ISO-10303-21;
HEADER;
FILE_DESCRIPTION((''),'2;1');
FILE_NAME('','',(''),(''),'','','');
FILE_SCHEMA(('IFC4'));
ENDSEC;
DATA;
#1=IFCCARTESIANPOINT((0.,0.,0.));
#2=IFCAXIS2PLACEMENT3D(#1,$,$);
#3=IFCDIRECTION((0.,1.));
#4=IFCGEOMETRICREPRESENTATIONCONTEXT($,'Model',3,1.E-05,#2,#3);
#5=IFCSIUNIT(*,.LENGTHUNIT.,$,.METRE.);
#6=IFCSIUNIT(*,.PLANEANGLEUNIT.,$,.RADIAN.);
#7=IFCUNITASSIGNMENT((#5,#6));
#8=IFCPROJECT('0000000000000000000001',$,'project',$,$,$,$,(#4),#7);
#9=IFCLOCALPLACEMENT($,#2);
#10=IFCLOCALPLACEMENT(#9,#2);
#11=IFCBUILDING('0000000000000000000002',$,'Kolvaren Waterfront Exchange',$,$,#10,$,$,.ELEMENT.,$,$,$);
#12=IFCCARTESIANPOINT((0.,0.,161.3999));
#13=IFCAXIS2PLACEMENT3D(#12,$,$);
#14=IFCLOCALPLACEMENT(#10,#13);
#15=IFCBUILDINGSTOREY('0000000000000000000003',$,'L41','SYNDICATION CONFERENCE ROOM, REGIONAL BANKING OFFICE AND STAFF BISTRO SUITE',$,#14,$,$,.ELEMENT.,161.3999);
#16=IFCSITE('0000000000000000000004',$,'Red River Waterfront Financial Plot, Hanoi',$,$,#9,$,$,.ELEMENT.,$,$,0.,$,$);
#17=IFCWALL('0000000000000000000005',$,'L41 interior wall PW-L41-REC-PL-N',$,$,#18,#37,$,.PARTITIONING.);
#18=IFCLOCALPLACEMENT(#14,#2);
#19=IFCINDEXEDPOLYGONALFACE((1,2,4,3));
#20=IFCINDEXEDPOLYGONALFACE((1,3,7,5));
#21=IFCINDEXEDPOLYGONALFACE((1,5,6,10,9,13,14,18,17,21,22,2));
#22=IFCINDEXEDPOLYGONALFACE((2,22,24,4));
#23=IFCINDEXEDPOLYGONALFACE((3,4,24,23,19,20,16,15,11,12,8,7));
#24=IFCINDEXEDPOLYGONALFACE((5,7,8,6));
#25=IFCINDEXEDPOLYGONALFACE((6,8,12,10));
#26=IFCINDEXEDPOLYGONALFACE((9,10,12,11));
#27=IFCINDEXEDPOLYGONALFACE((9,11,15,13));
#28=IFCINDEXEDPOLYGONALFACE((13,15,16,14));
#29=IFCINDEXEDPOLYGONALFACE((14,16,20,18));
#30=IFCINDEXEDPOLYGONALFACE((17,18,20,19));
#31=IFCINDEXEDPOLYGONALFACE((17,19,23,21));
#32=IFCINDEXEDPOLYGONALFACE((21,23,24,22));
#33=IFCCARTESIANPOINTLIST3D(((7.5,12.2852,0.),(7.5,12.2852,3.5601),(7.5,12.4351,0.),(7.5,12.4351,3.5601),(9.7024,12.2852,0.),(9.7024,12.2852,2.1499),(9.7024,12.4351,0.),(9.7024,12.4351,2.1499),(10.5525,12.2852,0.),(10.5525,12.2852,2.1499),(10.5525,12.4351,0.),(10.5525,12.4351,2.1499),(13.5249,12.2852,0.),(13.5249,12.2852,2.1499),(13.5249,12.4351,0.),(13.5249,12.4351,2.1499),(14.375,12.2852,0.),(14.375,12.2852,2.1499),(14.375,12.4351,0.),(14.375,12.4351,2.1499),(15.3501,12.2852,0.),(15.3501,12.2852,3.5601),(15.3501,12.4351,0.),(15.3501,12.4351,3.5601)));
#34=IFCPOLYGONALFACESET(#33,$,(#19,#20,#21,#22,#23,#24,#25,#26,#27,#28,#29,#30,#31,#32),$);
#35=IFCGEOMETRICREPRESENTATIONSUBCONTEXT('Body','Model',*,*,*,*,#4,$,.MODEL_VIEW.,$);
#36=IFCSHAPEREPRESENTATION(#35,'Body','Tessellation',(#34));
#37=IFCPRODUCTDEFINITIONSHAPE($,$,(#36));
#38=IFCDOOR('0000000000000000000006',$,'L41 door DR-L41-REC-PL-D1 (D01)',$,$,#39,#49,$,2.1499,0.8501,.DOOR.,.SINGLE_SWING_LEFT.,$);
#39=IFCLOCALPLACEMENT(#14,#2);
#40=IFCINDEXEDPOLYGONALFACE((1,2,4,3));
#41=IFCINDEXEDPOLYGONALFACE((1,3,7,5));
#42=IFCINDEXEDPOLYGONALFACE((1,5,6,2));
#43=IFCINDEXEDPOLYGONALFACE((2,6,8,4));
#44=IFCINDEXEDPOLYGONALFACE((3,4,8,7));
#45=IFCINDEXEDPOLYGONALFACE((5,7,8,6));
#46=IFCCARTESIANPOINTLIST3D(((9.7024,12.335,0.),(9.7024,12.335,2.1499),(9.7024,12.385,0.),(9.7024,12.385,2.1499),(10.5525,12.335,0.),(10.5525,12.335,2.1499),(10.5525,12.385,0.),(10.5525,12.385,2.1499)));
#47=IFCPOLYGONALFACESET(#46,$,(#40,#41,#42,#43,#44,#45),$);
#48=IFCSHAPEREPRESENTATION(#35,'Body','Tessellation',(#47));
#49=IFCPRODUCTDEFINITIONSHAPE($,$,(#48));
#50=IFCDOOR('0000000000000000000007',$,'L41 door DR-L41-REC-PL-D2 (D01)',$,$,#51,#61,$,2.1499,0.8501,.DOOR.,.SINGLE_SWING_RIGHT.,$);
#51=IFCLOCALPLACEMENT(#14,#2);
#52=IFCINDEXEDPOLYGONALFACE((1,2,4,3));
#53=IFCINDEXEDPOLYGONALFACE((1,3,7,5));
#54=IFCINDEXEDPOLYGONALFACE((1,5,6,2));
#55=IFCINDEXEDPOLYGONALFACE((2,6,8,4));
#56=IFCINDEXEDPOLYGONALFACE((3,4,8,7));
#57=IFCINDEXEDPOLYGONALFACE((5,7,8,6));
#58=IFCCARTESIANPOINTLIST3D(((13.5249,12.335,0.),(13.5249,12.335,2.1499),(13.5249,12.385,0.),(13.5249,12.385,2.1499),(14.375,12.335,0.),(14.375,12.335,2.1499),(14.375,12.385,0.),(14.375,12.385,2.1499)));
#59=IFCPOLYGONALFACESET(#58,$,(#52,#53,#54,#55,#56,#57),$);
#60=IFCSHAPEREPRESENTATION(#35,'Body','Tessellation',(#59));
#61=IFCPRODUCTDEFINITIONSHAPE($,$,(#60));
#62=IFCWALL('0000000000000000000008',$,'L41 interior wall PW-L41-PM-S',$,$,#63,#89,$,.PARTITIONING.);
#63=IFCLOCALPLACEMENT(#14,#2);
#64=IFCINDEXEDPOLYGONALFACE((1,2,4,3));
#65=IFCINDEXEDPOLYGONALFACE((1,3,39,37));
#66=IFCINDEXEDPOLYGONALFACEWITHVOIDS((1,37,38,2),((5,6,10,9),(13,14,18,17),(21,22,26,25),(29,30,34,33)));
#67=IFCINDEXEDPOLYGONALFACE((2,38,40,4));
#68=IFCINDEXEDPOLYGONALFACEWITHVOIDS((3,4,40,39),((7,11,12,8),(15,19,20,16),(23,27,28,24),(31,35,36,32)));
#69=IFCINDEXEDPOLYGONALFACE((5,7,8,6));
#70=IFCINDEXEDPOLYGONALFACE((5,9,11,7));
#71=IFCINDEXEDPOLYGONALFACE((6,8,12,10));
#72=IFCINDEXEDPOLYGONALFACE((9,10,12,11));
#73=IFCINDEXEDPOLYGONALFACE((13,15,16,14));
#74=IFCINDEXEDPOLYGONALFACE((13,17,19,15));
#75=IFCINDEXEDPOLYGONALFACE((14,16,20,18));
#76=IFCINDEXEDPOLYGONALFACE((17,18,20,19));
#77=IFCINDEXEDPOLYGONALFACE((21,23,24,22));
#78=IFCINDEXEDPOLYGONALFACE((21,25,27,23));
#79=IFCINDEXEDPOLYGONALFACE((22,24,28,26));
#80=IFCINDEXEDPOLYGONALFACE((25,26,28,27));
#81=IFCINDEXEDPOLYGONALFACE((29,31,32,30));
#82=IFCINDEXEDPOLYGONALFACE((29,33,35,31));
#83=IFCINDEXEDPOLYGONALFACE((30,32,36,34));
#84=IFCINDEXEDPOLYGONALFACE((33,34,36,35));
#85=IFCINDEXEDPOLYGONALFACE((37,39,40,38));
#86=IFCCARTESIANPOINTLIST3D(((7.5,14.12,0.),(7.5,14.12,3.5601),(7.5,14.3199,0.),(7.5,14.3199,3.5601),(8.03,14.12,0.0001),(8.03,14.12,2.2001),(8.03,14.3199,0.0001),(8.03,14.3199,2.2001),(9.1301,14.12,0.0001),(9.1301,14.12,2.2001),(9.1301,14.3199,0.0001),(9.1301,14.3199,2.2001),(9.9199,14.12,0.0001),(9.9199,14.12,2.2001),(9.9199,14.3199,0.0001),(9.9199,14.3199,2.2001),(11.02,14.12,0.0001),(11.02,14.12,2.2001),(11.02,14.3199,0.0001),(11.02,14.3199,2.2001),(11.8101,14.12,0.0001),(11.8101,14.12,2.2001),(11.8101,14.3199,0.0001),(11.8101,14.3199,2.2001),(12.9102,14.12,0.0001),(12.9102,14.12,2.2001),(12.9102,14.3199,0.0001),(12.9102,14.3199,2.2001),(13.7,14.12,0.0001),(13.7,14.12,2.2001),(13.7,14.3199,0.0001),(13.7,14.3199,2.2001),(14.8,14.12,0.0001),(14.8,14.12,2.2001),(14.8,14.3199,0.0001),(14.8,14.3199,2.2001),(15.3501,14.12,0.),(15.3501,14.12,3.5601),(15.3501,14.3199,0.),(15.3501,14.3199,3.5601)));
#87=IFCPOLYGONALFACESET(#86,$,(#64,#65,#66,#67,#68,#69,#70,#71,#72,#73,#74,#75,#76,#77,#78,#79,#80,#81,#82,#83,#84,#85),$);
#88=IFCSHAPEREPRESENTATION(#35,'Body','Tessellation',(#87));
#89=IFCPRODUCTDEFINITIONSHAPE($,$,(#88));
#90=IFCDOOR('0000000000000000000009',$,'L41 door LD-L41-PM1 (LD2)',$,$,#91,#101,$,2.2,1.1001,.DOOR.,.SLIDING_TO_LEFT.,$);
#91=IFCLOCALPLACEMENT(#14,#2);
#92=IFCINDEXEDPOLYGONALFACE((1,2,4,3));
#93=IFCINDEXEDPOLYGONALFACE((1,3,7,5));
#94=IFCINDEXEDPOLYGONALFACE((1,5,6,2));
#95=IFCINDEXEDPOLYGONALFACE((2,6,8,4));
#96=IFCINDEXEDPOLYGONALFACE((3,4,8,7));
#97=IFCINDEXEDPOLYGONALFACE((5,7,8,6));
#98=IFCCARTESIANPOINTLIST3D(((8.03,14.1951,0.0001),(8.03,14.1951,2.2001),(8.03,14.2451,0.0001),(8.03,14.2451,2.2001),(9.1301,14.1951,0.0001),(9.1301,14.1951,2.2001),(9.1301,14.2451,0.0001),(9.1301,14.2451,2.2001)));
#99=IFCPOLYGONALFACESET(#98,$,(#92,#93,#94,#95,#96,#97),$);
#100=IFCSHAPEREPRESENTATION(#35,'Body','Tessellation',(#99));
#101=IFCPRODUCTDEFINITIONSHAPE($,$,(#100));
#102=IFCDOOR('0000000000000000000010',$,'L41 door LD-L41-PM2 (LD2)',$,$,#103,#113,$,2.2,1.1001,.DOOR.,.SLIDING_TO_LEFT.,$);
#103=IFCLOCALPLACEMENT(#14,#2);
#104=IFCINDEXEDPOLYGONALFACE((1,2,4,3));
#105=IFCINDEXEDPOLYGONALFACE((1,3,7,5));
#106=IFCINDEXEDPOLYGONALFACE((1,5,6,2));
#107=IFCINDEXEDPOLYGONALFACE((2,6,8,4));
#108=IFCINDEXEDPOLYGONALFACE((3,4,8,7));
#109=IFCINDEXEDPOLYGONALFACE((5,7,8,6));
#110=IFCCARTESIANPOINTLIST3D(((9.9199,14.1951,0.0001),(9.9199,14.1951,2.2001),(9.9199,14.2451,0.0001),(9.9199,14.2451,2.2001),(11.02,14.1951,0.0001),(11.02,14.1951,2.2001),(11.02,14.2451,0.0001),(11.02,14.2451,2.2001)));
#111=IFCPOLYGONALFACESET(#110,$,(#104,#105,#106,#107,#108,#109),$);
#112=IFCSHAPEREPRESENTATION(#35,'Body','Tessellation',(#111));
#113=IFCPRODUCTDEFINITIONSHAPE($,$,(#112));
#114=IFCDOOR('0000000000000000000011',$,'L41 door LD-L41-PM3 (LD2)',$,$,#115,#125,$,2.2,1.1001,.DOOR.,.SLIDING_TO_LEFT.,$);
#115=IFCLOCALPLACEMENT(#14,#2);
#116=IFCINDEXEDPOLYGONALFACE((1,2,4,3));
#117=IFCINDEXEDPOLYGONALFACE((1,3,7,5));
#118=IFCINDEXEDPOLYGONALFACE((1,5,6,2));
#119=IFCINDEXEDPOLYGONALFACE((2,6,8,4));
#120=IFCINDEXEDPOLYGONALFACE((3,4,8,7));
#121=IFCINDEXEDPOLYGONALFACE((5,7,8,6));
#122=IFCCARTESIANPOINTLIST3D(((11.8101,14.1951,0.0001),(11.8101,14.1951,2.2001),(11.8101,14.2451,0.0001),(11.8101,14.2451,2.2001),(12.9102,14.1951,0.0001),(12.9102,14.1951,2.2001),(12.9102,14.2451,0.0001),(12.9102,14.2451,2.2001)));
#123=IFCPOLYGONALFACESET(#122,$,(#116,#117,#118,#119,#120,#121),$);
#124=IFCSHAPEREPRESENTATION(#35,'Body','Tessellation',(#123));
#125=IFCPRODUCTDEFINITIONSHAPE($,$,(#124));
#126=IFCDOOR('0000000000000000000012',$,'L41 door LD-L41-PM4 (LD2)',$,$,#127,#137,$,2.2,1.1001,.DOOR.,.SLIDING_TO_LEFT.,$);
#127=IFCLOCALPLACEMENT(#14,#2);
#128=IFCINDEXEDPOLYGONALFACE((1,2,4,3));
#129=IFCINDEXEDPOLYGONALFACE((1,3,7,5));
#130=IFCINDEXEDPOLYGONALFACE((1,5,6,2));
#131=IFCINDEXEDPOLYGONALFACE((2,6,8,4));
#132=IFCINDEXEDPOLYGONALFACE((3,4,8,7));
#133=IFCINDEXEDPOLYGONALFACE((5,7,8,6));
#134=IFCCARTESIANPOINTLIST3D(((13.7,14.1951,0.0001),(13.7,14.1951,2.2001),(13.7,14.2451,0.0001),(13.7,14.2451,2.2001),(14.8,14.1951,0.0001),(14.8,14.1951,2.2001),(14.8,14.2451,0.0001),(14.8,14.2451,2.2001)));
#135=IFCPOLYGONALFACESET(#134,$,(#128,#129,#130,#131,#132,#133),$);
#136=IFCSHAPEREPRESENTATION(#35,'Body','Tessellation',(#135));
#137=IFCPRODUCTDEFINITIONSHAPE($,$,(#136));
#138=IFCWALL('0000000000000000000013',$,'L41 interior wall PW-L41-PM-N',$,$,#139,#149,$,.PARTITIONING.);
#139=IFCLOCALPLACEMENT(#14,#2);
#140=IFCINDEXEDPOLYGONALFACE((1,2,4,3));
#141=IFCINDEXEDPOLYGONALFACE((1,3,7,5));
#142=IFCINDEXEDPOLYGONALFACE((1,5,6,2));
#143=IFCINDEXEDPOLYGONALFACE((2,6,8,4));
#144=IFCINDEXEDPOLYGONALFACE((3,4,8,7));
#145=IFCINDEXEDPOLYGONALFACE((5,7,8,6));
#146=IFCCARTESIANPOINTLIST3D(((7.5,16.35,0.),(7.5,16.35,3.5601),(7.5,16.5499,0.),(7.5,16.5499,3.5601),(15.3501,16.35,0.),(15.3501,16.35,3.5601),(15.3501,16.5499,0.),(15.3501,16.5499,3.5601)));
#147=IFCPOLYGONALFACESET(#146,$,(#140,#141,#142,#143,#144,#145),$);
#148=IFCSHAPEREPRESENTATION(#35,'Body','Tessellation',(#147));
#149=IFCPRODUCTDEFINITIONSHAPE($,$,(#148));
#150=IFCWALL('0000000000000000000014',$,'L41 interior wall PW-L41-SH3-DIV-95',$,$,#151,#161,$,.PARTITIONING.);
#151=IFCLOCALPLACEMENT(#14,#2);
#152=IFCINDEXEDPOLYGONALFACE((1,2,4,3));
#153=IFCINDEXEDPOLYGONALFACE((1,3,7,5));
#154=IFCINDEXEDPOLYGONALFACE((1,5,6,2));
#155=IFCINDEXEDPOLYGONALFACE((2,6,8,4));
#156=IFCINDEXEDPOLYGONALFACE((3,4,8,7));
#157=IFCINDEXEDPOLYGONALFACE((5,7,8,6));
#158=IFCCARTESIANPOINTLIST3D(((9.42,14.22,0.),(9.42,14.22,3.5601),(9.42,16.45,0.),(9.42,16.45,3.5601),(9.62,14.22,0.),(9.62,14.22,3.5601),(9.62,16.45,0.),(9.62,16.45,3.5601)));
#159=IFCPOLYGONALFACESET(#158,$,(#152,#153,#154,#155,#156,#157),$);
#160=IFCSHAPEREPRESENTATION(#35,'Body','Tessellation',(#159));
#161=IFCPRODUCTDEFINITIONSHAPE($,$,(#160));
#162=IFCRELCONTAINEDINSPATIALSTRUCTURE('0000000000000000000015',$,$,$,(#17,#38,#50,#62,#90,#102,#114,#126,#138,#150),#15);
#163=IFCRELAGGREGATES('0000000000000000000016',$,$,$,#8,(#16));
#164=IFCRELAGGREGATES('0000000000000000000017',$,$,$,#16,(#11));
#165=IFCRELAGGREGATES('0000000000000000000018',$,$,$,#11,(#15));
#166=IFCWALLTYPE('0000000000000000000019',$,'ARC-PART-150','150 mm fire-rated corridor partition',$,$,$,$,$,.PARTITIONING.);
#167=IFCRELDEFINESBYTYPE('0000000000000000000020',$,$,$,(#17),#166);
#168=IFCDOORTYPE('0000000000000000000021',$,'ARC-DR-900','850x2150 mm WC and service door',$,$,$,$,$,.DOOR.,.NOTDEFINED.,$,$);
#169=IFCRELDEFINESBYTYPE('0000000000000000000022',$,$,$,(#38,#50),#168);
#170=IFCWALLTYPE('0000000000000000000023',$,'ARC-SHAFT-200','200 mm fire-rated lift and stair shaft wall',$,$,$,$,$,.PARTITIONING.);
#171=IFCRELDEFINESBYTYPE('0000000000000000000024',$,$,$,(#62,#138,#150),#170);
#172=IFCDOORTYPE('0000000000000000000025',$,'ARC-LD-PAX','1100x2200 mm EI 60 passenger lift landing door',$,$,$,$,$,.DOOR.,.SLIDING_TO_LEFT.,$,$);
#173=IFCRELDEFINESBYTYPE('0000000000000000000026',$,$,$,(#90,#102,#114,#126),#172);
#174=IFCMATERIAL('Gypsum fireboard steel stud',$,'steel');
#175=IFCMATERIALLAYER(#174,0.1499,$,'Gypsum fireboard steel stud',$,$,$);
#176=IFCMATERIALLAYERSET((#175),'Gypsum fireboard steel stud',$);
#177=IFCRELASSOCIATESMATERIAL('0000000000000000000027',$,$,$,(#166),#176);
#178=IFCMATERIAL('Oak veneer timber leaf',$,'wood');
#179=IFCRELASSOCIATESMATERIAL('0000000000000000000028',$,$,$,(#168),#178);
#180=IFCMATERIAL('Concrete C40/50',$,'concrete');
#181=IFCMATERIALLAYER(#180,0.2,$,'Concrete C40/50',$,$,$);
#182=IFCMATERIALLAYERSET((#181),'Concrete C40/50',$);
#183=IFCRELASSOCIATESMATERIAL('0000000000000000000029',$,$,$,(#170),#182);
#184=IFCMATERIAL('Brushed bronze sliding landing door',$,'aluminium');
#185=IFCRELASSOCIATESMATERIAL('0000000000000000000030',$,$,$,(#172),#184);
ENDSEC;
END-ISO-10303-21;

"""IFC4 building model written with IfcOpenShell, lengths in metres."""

from ifc_helpers import new_model, si_unit, direction, frame, frame_2d, origin, place, context, subcontext, project, spatial, rectangle, extrude, material, layer, layer_set, type_object, element, fill, save


model = new_model("IFC4")

# Units and contexts
model_context = context("Model", 3, precision=1e-05, world=origin(), true_north=direction((0.0, 1.0)))
body_context = subcontext(model_context, "Body", "Model", "MODEL_VIEW")
ifc_project = project(units=[si_unit("LENGTHUNIT", "METRE"), si_unit("PLANEANGLEUNIT", "RADIAN")], contexts=[model_context])

# Site, building, storey
site_placement = place(None, origin())
site = spatial("IfcSite", under=ifc_project, at=site_placement, Name="Red River Waterfront Financial Plot, Hanoi", CompositionType="ELEMENT", RefElevation=0.0)
building_placement = place(site_placement, origin())
building = spatial("IfcBuilding", under=site, at=building_placement, Name="Kolvaren Waterfront Exchange", CompositionType="ELEMENT")
storey_placement = place(building_placement, frame((0.0, 0.0, 161.3999)))
storey = spatial("IfcBuildingStorey", under=building, at=storey_placement, Name="L41", Description="SYNDICATION CONFERENCE ROOM, REGIONAL BANKING OFFICE AND STAFF BISTRO SUITE", CompositionType="ELEMENT", Elevation=161.3999)

# Walls, openings, doors
ifc_material_1 = material(Name="Gypsum fireboard steel stud", Category="steel")
ifc_layer_1 = layer(ifc_material_1, 0.1499, Name="Gypsum fireboard steel stud")
ifc_layer_set_1 = layer_set([ifc_layer_1], Name="Gypsum fireboard steel stud")
wall_type_1 = type_object("IfcWallType", Name="ARC-PART-150", Description="150 mm fire-rated corridor partition", PredefinedType="PARTITIONING", material=ifc_layer_set_1)
wall_1_placement = place(storey_placement, frame((7.5, 12.3601, 0.0), z_axis=(0.0, 0.0, 1.0), x_axis=(1.0, 0.0, 0.0)))
wall_1 = element("IfcWall", 1, at=wall_1_placement, inside=storey, type_object=wall_type_1, Name="L41 interior wall PW-L41-REC-PL-N", PredefinedType="PARTITIONING", context=body_context, shape_type="SweptSolid", body=[
    extrude(rectangle(XDim=7.8501, YDim=0.1499, at=frame_2d((3.925, 0.0))), origin(), (0.0, 0.0, 1.0), 3.5601),
])
opening_1_placement = place(wall_1_placement, frame((2.2024, 0.0, 0.0)))
opening_1 = element("IfcOpeningElement", 2, at=opening_1_placement, cuts=wall_1, PredefinedType="OPENING", context=body_context, shape_type="SweptSolid", body=[
    extrude(rectangle(XDim=0.8501, YDim=2.1499, at=frame_2d((0.425, 1.075))), frame((0.0, 0.085, 0.0), z_axis=(0.0, -1.0, 0.0), x_axis=(1.0, 0.0, 0.0)), (0.0, 0.0, 1.0), 0.1699),
])
opening_2_placement = place(wall_1_placement, frame((6.0249, 0.0, 0.0)))
opening_2 = element("IfcOpeningElement", 3, at=opening_2_placement, cuts=wall_1, PredefinedType="OPENING", context=body_context, shape_type="SweptSolid", body=[
    extrude(rectangle(XDim=0.8501, YDim=2.1499, at=frame_2d((0.425, 1.075))), frame((0.0, 0.085, 0.0), z_axis=(0.0, -1.0, 0.0), x_axis=(1.0, 0.0, 0.0)), (0.0, 0.0, 1.0), 0.1699),
])
ifc_material_2 = material(Name="Oak veneer timber leaf", Category="wood")
door_type_1 = type_object("IfcDoorType", Name="ARC-DR-900", Description="850x2150 mm WC and service door", OperationType="NOTDEFINED", PredefinedType="DOOR", material=ifc_material_2)
door_1_placement = place(opening_1_placement, origin())
door_1 = element("IfcDoor", 4, at=door_1_placement, inside=storey, type_object=door_type_1, Name="L41 door DR-L41-REC-PL-D1 (D01)", OperationType="SINGLE_SWING_LEFT", OverallHeight=2.1499, OverallWidth=0.8501, PredefinedType="DOOR", context=body_context, shape_type="SweptSolid", body=[
    extrude(rectangle(XDim=0.8501, YDim=2.1499, at=frame_2d((0.425, 1.075))), frame((0.0, 0.0249, 0.0), z_axis=(0.0, -1.0, 0.0), x_axis=(1.0, 0.0, 0.0)), (0.0, 0.0, 1.0), 0.05),
])
fill(opening_1, door_1)
door_2_placement = place(opening_2_placement, origin())
door_2 = element("IfcDoor", 5, at=door_2_placement, inside=storey, type_object=door_type_1, Name="L41 door DR-L41-REC-PL-D2 (D01)", OperationType="SINGLE_SWING_RIGHT", OverallHeight=2.1499, OverallWidth=0.8501, PredefinedType="DOOR", context=body_context, shape_type="SweptSolid", body=[
    extrude(rectangle(XDim=0.8501, YDim=2.1499, at=frame_2d((0.425, 1.075))), frame((0.0, 0.0249, 0.0), z_axis=(0.0, -1.0, 0.0), x_axis=(1.0, 0.0, 0.0)), (0.0, 0.0, 1.0), 0.05),
])
fill(opening_2, door_2)
ifc_material_3 = material(Name="Concrete C40/50", Category="concrete")
ifc_layer_2 = layer(ifc_material_3, 0.2, Name="Concrete C40/50")
ifc_layer_set_2 = layer_set([ifc_layer_2], Name="Concrete C40/50")
wall_type_2 = type_object("IfcWallType", Name="ARC-SHAFT-200", Description="200 mm fire-rated lift and stair shaft wall", PredefinedType="PARTITIONING", material=ifc_layer_set_2)
wall_2_placement = place(storey_placement, frame((7.5, 14.22, 0.0), z_axis=(0.0, 0.0, 1.0), x_axis=(1.0, 0.0, 0.0)))
wall_2 = element("IfcWall", 6, at=wall_2_placement, inside=storey, type_object=wall_type_2, Name="L41 interior wall PW-L41-PM-S", PredefinedType="PARTITIONING", context=body_context, shape_type="SweptSolid", body=[
    extrude(rectangle(XDim=7.8501, YDim=0.2, at=frame_2d((3.925, 0.0))), origin(), (0.0, 0.0, 1.0), 3.5601),
])
opening_3_placement = place(wall_2_placement, frame((0.53, 0.0, 0.0)))
opening_3 = element("IfcOpeningElement", 7, at=opening_3_placement, cuts=wall_2, PredefinedType="OPENING", context=body_context, shape_type="SweptSolid", body=[
    extrude(rectangle(XDim=1.1001, YDim=2.2, at=frame_2d((0.55, 1.1001))), frame((0.0, 0.1099, 0.0), z_axis=(0.0, -1.0, 0.0), x_axis=(1.0, 0.0, 0.0)), (0.0, 0.0, 1.0), 0.22),
])
opening_4_placement = place(wall_2_placement, frame((2.4199, 0.0, 0.0)))
opening_4 = element("IfcOpeningElement", 8, at=opening_4_placement, cuts=wall_2, PredefinedType="OPENING", context=body_context, shape_type="SweptSolid", body=[
    extrude(rectangle(XDim=1.1001, YDim=2.2, at=frame_2d((0.55, 1.1001))), frame((0.0, 0.1099, 0.0), z_axis=(0.0, -1.0, 0.0), x_axis=(1.0, 0.0, 0.0)), (0.0, 0.0, 1.0), 0.22),
])
opening_5_placement = place(wall_2_placement, frame((4.3101, 0.0, 0.0)))
opening_5 = element("IfcOpeningElement", 9, at=opening_5_placement, cuts=wall_2, PredefinedType="OPENING", context=body_context, shape_type="SweptSolid", body=[
    extrude(rectangle(XDim=1.1001, YDim=2.2, at=frame_2d((0.55, 1.1001))), frame((0.0, 0.1099, 0.0), z_axis=(0.0, -1.0, 0.0), x_axis=(1.0, 0.0, 0.0)), (0.0, 0.0, 1.0), 0.22),
])
opening_6_placement = place(wall_2_placement, frame((6.2, 0.0, 0.0)))
opening_6 = element("IfcOpeningElement", 10, at=opening_6_placement, cuts=wall_2, PredefinedType="OPENING", context=body_context, shape_type="SweptSolid", body=[
    extrude(rectangle(XDim=1.1001, YDim=2.2, at=frame_2d((0.55, 1.1001))), frame((0.0, 0.1099, 0.0), z_axis=(0.0, -1.0, 0.0), x_axis=(1.0, 0.0, 0.0)), (0.0, 0.0, 1.0), 0.22),
])
ifc_material_4 = material(Name="Brushed bronze sliding landing door", Category="aluminium")
door_type_2 = type_object("IfcDoorType", Name="ARC-LD-PAX", Description="1100x2200 mm EI 60 passenger lift landing door", OperationType="SLIDING_TO_LEFT", PredefinedType="DOOR", material=ifc_material_4)
door_3_placement = place(opening_3_placement, frame((1.1001, 0.0, 0.0), z_axis=(0.0, 0.0, 1.0), x_axis=(-1.0, 0.0, 0.0)))
door_3 = element("IfcDoor", 11, at=door_3_placement, inside=storey, type_object=door_type_2, Name="L41 door LD-L41-PM1 (LD2)", OperationType="SLIDING_TO_LEFT", OverallHeight=2.2, OverallWidth=1.1001, PredefinedType="DOOR", context=body_context, shape_type="SweptSolid", body=[
    extrude(rectangle(XDim=1.1001, YDim=2.2, at=frame_2d((0.55, 1.1001))), frame((0.0, 0.0249, 0.0), z_axis=(0.0, -1.0, 0.0), x_axis=(1.0, 0.0, 0.0)), (0.0, 0.0, 1.0), 0.05),
])
fill(opening_3, door_3)
door_4_placement = place(opening_4_placement, frame((1.1001, 0.0, 0.0), z_axis=(0.0, 0.0, 1.0), x_axis=(-1.0, 0.0, 0.0)))
door_4 = element("IfcDoor", 12, at=door_4_placement, inside=storey, type_object=door_type_2, Name="L41 door LD-L41-PM2 (LD2)", OperationType="SLIDING_TO_LEFT", OverallHeight=2.2, OverallWidth=1.1001, PredefinedType="DOOR", context=body_context, shape_type="SweptSolid", body=[
    extrude(rectangle(XDim=1.1001, YDim=2.2, at=frame_2d((0.55, 1.1001))), frame((0.0, 0.0249, 0.0), z_axis=(0.0, -1.0, 0.0), x_axis=(1.0, 0.0, 0.0)), (0.0, 0.0, 1.0), 0.05),
])
fill(opening_4, door_4)
door_5_placement = place(opening_5_placement, frame((1.1001, 0.0, 0.0), z_axis=(0.0, 0.0, 1.0), x_axis=(-1.0, 0.0, 0.0)))
door_5 = element("IfcDoor", 13, at=door_5_placement, inside=storey, type_object=door_type_2, Name="L41 door LD-L41-PM3 (LD2)", OperationType="SLIDING_TO_LEFT", OverallHeight=2.2, OverallWidth=1.1001, PredefinedType="DOOR", context=body_context, shape_type="SweptSolid", body=[
    extrude(rectangle(XDim=1.1001, YDim=2.2, at=frame_2d((0.55, 1.1001))), frame((0.0, 0.0249, 0.0), z_axis=(0.0, -1.0, 0.0), x_axis=(1.0, 0.0, 0.0)), (0.0, 0.0, 1.0), 0.05),
])
fill(opening_5, door_5)
door_6_placement = place(opening_6_placement, frame((1.1001, 0.0, 0.0), z_axis=(0.0, 0.0, 1.0), x_axis=(-1.0, 0.0, 0.0)))
door_6 = element("IfcDoor", 14, at=door_6_placement, inside=storey, type_object=door_type_2, Name="L41 door LD-L41-PM4 (LD2)", OperationType="SLIDING_TO_LEFT", OverallHeight=2.2, OverallWidth=1.1001, PredefinedType="DOOR", context=body_context, shape_type="SweptSolid", body=[
    extrude(rectangle(XDim=1.1001, YDim=2.2, at=frame_2d((0.55, 1.1001))), frame((0.0, 0.0249, 0.0), z_axis=(0.0, -1.0, 0.0), x_axis=(1.0, 0.0, 0.0)), (0.0, 0.0, 1.0), 0.05),
])
fill(opening_6, door_6)

# Walls
wall_3_placement = place(storey_placement, frame((7.5, 16.45, 0.0), z_axis=(0.0, 0.0, 1.0), x_axis=(1.0, 0.0, 0.0)))
element("IfcWall", 15, at=wall_3_placement, inside=storey, type_object=wall_type_2, Name="L41 interior wall PW-L41-PM-N", PredefinedType="PARTITIONING", context=body_context, shape_type="SweptSolid", body=[
    extrude(rectangle(XDim=7.8501, YDim=0.2, at=frame_2d((3.925, 0.0))), origin(), (0.0, 0.0, 1.0), 3.5601),
])
for number, where, z_axis, x_axis, name in (
    (16, (9.52, 14.22, 0.0), (0.0, 0.0, 1.0), (0.0, 1.0, 0.0), "L41 interior wall PW-L41-SH3-DIV-95"),
):
    element("IfcWall", number, at=place(storey_placement, frame(where, z_axis=z_axis, x_axis=x_axis)), inside=storey, type_object=wall_type_2, Name=name, PredefinedType="PARTITIONING", context=body_context, shape_type="SweptSolid", body=[
        extrude(rectangle(XDim=2.23, YDim=0.2, at=frame_2d((1.115, 0.0))), origin(), (0.0, 0.0, 1.0), 3.5601),
    ])

save(model, "model.ifc")
